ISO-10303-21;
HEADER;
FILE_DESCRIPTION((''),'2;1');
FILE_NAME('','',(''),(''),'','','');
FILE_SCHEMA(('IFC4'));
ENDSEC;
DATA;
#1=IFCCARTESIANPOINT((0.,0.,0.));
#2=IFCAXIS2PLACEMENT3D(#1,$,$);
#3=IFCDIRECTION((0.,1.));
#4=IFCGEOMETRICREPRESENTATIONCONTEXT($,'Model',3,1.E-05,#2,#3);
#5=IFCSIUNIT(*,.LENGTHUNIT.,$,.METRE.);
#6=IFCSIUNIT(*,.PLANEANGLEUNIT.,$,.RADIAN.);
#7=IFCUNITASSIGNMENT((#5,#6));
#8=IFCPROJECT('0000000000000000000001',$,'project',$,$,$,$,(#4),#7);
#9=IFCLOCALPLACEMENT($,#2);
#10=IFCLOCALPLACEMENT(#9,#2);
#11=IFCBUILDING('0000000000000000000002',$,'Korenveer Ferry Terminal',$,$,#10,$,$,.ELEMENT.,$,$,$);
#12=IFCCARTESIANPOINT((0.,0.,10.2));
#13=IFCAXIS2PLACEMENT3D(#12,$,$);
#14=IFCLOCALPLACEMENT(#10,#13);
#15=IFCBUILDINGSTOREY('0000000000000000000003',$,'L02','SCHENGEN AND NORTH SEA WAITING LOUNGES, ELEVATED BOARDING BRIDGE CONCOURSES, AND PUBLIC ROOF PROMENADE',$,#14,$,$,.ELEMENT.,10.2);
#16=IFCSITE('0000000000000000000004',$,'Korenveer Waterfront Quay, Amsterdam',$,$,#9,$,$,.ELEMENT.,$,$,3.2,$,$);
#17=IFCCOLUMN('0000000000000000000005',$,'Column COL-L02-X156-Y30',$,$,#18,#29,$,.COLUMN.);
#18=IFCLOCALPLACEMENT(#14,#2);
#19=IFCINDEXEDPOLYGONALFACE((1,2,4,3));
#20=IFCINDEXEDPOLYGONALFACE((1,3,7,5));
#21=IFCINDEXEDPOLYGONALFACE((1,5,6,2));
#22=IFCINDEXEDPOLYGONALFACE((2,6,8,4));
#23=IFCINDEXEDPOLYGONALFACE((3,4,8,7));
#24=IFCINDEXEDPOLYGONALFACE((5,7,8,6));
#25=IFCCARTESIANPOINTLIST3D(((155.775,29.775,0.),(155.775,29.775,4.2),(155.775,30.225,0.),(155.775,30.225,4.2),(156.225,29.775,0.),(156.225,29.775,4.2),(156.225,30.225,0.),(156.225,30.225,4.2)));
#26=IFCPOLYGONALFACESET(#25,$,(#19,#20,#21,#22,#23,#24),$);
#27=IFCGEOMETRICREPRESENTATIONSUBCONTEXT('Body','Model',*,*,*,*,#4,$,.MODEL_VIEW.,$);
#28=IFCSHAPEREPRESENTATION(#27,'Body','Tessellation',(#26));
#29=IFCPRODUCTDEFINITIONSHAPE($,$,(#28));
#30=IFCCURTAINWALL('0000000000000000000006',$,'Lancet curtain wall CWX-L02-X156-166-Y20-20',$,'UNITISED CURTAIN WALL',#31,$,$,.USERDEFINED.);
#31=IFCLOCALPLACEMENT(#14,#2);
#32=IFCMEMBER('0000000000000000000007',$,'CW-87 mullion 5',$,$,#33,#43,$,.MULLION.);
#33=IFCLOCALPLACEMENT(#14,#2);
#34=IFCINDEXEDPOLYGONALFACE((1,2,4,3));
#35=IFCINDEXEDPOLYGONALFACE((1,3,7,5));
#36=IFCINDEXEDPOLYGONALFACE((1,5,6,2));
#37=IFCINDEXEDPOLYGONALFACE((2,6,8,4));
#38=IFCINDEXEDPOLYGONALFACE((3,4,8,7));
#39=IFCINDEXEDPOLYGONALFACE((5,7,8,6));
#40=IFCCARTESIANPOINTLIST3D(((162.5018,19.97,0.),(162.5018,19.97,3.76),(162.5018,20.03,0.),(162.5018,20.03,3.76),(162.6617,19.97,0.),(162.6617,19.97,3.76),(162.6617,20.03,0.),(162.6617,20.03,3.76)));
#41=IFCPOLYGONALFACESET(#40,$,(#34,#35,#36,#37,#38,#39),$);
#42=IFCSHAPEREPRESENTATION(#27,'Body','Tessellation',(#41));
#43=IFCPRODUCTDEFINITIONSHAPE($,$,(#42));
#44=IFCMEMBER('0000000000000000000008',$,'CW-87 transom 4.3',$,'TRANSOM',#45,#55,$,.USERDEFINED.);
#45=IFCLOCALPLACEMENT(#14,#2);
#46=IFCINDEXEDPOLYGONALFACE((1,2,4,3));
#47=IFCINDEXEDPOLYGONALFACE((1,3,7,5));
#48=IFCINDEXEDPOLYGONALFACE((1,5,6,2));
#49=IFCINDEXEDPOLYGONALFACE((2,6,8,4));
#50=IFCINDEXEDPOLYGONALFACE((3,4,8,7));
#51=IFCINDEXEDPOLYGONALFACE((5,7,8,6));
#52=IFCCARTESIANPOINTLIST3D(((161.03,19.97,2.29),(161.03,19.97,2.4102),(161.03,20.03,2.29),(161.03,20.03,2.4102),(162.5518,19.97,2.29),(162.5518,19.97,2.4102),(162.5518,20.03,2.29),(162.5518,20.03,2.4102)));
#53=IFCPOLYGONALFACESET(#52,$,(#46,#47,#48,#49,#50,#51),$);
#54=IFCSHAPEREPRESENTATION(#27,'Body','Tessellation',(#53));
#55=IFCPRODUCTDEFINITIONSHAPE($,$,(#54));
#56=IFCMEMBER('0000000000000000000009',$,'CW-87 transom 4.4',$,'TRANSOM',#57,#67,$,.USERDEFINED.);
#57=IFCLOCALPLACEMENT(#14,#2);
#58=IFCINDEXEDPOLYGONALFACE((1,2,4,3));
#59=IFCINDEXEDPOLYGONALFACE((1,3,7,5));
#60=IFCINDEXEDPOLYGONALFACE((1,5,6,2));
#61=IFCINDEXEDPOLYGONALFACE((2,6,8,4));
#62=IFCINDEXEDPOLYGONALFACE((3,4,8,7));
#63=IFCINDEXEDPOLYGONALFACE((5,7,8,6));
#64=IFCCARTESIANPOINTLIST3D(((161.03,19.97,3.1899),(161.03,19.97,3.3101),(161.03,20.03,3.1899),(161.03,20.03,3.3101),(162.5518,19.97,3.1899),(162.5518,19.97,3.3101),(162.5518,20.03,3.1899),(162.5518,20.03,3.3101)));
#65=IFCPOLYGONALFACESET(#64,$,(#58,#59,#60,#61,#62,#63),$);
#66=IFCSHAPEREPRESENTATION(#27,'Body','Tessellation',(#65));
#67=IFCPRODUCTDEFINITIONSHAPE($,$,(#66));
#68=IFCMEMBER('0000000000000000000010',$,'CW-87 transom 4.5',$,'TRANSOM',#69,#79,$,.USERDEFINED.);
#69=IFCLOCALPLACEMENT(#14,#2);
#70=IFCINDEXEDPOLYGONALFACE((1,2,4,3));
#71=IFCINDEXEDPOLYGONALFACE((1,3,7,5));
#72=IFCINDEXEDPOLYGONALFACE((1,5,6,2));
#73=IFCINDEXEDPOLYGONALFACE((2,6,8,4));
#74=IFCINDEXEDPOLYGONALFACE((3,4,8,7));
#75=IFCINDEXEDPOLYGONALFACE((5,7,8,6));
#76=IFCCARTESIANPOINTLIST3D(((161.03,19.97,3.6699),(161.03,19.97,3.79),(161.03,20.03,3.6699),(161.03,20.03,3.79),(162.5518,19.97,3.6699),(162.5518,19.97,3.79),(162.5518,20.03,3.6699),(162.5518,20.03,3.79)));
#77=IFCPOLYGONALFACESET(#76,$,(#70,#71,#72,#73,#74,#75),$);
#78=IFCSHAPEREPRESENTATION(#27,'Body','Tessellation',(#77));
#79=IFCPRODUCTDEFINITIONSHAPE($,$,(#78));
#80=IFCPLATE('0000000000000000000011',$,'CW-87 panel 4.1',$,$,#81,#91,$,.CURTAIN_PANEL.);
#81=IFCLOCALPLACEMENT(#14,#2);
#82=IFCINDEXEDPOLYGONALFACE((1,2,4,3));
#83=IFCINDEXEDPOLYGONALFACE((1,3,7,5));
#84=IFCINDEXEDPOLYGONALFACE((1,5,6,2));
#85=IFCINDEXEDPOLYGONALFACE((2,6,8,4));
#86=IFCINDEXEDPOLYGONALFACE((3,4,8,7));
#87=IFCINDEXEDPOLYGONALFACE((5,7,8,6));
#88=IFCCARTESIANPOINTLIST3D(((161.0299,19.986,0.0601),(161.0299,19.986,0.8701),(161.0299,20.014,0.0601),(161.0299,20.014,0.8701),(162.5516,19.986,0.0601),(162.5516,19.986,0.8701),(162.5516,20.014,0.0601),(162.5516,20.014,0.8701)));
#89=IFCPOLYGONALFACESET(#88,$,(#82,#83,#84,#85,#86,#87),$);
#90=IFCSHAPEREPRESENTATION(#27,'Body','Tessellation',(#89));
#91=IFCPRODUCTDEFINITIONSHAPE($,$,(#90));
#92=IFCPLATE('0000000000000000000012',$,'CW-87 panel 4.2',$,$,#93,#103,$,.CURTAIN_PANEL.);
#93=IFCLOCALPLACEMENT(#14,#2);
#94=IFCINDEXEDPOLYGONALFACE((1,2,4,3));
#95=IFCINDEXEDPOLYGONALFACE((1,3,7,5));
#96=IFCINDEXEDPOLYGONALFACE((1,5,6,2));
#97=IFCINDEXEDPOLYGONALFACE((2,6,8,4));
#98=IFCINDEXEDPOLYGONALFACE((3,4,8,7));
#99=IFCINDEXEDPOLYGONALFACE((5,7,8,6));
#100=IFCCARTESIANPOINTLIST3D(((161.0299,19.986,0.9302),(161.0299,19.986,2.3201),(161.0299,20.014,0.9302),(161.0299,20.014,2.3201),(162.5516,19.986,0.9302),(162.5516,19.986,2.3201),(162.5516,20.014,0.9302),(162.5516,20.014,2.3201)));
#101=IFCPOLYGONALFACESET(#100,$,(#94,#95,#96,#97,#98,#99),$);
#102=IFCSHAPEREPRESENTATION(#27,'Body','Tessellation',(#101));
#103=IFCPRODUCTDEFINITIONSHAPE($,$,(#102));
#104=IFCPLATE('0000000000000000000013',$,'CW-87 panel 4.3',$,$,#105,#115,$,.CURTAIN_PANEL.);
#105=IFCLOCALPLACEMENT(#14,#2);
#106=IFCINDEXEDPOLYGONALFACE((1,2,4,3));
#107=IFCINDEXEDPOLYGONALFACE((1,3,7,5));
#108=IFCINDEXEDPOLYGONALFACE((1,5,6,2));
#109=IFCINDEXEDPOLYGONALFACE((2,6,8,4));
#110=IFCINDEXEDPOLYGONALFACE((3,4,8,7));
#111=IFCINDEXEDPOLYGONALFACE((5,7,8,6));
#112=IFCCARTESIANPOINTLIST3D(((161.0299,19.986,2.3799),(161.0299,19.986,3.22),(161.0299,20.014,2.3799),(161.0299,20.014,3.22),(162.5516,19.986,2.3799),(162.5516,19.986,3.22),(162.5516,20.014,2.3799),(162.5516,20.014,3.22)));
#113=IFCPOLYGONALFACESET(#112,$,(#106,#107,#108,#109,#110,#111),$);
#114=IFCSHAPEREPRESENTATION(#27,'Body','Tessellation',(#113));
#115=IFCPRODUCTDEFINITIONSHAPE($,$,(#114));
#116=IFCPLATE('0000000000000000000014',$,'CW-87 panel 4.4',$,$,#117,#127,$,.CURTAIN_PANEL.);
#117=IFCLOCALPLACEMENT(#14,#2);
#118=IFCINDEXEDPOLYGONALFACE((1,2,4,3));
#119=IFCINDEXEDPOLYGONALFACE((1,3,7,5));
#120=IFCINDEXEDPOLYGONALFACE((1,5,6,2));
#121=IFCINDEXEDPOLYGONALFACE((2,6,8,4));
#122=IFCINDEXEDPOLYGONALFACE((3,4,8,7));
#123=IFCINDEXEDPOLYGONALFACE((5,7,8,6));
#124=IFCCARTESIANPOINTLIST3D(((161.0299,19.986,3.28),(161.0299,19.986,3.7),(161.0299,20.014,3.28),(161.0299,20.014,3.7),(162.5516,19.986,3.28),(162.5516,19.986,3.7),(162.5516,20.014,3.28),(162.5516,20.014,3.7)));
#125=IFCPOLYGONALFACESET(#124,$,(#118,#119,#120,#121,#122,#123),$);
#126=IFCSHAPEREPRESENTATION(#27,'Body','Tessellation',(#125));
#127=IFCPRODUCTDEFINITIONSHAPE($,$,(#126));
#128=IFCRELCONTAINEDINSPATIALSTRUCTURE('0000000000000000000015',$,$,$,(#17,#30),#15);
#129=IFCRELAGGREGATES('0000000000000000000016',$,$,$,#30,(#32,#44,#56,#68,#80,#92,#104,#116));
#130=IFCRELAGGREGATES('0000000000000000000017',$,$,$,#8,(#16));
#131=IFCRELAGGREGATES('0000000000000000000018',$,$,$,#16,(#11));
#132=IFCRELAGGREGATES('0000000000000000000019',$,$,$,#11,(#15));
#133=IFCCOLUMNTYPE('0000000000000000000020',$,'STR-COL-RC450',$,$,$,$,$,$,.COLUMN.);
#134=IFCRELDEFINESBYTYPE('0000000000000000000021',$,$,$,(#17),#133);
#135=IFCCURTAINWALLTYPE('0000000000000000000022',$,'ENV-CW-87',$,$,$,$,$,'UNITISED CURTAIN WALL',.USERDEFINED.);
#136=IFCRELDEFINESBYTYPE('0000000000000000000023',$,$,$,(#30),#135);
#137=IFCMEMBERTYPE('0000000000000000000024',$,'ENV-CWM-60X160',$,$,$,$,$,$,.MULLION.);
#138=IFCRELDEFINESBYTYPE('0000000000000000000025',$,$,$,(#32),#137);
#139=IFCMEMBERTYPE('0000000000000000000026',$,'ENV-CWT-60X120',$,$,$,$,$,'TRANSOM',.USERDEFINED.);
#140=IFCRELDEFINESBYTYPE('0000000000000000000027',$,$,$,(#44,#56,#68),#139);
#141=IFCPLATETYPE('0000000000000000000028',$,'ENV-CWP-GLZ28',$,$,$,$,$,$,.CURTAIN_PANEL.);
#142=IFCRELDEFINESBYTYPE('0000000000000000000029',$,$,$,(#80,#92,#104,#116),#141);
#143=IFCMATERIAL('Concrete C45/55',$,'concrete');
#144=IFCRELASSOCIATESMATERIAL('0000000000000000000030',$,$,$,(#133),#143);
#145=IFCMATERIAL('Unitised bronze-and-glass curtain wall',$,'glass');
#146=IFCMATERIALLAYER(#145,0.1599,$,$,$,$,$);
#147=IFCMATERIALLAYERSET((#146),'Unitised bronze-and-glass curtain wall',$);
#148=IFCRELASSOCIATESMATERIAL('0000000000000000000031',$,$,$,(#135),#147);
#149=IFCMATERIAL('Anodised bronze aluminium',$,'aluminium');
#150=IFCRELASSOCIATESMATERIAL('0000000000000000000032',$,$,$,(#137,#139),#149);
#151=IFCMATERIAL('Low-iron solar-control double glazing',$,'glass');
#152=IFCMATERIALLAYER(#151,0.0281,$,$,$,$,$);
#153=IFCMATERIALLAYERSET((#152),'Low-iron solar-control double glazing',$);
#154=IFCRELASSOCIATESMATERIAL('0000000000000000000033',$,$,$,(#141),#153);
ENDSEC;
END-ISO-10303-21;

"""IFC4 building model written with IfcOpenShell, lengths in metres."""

from ifc_helpers import new_model, si_unit, direction, frame, origin, origin_2d, place, context, subcontext, project, spatial, rectangle, extrude, material, layer, layer_set, material_profile, profile_set, type_object, element, aggregate, save


model = new_model("IFC4")

# Units and contexts
model_context = context("Model", 3, precision=1e-05, world=origin(), true_north=direction((0.0, 1.0)))
body_context = subcontext(model_context, "Body", "Model", "MODEL_VIEW")
ifc_project = project(units=[si_unit("LENGTHUNIT", "METRE"), si_unit("PLANEANGLEUNIT", "RADIAN")], contexts=[model_context])

# Site, building, storey
site_placement = place(None, origin())
site = spatial("IfcSite", under=ifc_project, at=site_placement, Name="Korenveer Waterfront Quay, Amsterdam", CompositionType="ELEMENT", RefElevation=3.2)
building_placement = place(site_placement, origin())
building = spatial("IfcBuilding", under=site, at=building_placement, Name="Korenveer Ferry Terminal", CompositionType="ELEMENT")
storey_placement = place(building_placement, frame((0.0, 0.0, 10.2)))
storey = spatial("IfcBuildingStorey", under=building, at=storey_placement, Name="L02", Description="SCHENGEN AND NORTH SEA WAITING LOUNGES, ELEVATED BOARDING BRIDGE CONCOURSES, AND PUBLIC ROOF PROMENADE", CompositionType="ELEMENT", Elevation=10.2)

# Column
ifc_material_1 = material(Name="Concrete C45/55", Category="concrete")
ifc_material_profile_1 = material_profile(ifc_material_1, rectangle(XDim=0.45, YDim=0.45, at=origin_2d()), Name="RC 450x450")
ifc_profile_set_1 = profile_set([ifc_material_profile_1], Name="Concrete C45/55")
column_type = type_object("IfcColumnType", Name="STR-COL-RC450", PredefinedType="COLUMN", material=ifc_profile_set_1)
column_placement = place(storey_placement, frame((156.0, 30.0, 0.0), z_axis=(0.0, 0.0, 1.0), x_axis=(1.0, 0.0, 0.0)))
element("IfcColumn", 1, at=column_placement, inside=storey, type_object=column_type, Name="Column COL-L02-X156-Y30", PredefinedType="COLUMN", context=body_context, shape_type="SweptSolid", body=[
    extrude(rectangle(XDim=0.45, YDim=0.45, at=origin_2d()), origin(), (0.0, 0.0, 1.0), 4.2),
])

# Curtain wall, members, plates
ifc_material_2 = material(Name="Unitised bronze-and-glass curtain wall", Category="glass")
ifc_layer_1 = layer(ifc_material_2, 0.1599)
ifc_layer_set_1 = layer_set([ifc_layer_1], Name="Unitised bronze-and-glass curtain wall")
curtain_wall_type = type_object("IfcCurtainWallType", Name="ENV-CW-87", ElementType="UNITISED CURTAIN WALL", PredefinedType="USERDEFINED", material=ifc_layer_set_1)
curtain_wall_placement = place(storey_placement, frame((156.2549, 20.0, 0.0)))
curtain_wall = element("IfcCurtainWall", 2, at=curtain_wall_placement, inside=storey, type_object=curtain_wall_type, Name="Lancet curtain wall CWX-L02-X156-166-Y20-20", ObjectType="UNITISED CURTAIN WALL", PredefinedType="USERDEFINED")
ifc_material_3 = material(Name="Anodised bronze aluminium", Category="aluminium")
ifc_material_profile_2 = material_profile(ifc_material_3, rectangle(XDim=0.0601, YDim=0.1599, at=origin_2d()), Name="ALU 60x160")
ifc_profile_set_2 = profile_set([ifc_material_profile_2], Name="Anodised bronze aluminium")
member_type_1 = type_object("IfcMemberType", Name="ENV-CWM-60X160", PredefinedType="MULLION", material=ifc_profile_set_2)
member_1_placement = place(storey_placement, frame((162.5818, 20.0, 0.0), z_axis=(0.0, 0.0, 1.0), x_axis=(0.0, 1.0, 0.0)))
member_1 = element("IfcMember", 3, at=member_1_placement, type_object=member_type_1, Name="CW-87 mullion 5", PredefinedType="MULLION", context=body_context, shape_type="SweptSolid", body=[
    extrude(rectangle(XDim=0.0601, YDim=0.1599, at=origin_2d()), origin(), (0.0, 0.0, 1.0), 3.76),
])
ifc_material_profile_3 = material_profile(ifc_material_3, rectangle(XDim=0.0601, YDim=0.1201, at=origin_2d()), Name="ALU 60x120")
ifc_profile_set_3 = profile_set([ifc_material_profile_3], Name="Anodised bronze aluminium")
member_type_2 = type_object("IfcMemberType", Name="ENV-CWT-60X120", ElementType="TRANSOM", PredefinedType="USERDEFINED", material=ifc_profile_set_3)
member_2_placement = place(storey_placement, frame((161.03, 20.0, 2.3501), z_axis=(1.0, 0.0, 0.0), x_axis=(0.0, 1.0, 0.0)))
member_2 = element("IfcMember", 4, at=member_2_placement, type_object=member_type_2, Name="CW-87 transom 4.3", ObjectType="TRANSOM", PredefinedType="USERDEFINED", context=body_context, shape_type="SweptSolid", body=[
    extrude(rectangle(XDim=0.0601, YDim=0.1201, at=origin_2d()), origin(), (0.0, 0.0, 1.0), 1.5217),
])
member_3_placement = place(storey_placement, frame((161.03, 20.0, 3.25), z_axis=(1.0, 0.0, 0.0), x_axis=(0.0, 1.0, 0.0)))
member_3 = element("IfcMember", 5, at=member_3_placement, type_object=member_type_2, Name="CW-87 transom 4.4", ObjectType="TRANSOM", PredefinedType="USERDEFINED", context=body_context, shape_type="SweptSolid", body=[
    extrude(rectangle(XDim=0.0601, YDim=0.1201, at=origin_2d()), origin(), (0.0, 0.0, 1.0), 1.5217),
])
member_4_placement = place(storey_placement, frame((161.03, 20.0, 3.73), z_axis=(1.0, 0.0, 0.0), x_axis=(0.0, 1.0, 0.0)))
member_4 = element("IfcMember", 6, at=member_4_placement, type_object=member_type_2, Name="CW-87 transom 4.5", ObjectType="TRANSOM", PredefinedType="USERDEFINED", context=body_context, shape_type="SweptSolid", body=[
    extrude(rectangle(XDim=0.0601, YDim=0.1201, at=origin_2d()), origin(), (0.0, 0.0, 1.0), 1.5217),
])
ifc_material_4 = material(Name="Low-iron solar-control double glazing", Category="glass")
ifc_layer_2 = layer(ifc_material_4, 0.0281)
ifc_layer_set_2 = layer_set([ifc_layer_2], Name="Low-iron solar-control double glazing")
plate_type = type_object("IfcPlateType", Name="ENV-CWP-GLZ28", PredefinedType="CURTAIN_PANEL", material=ifc_layer_set_2)
plate_1_placement = place(storey_placement, frame((161.7908, 20.0, 0.0601), z_axis=(0.0, 0.0, 1.0), x_axis=(1.0, 0.0, 0.0)))
plate_1 = element("IfcPlate", 7, at=plate_1_placement, type_object=plate_type, Name="CW-87 panel 4.1", PredefinedType="CURTAIN_PANEL", context=body_context, shape_type="SweptSolid", body=[
    extrude(rectangle(XDim=1.5217, YDim=0.0281, at=origin_2d()), origin(), (0.0, 0.0, 1.0), 0.8101),
])
plate_2_placement = place(storey_placement, frame((161.7908, 20.0, 0.9302), z_axis=(0.0, 0.0, 1.0), x_axis=(1.0, 0.0, 0.0)))
plate_2 = element("IfcPlate", 8, at=plate_2_placement, type_object=plate_type, Name="CW-87 panel 4.2", PredefinedType="CURTAIN_PANEL", context=body_context, shape_type="SweptSolid", body=[
    extrude(rectangle(XDim=1.5217, YDim=0.0281, at=origin_2d()), origin(), (0.0, 0.0, 1.0), 1.3899),
])
plate_3_placement = place(storey_placement, frame((161.7908, 20.0, 2.3799), z_axis=(0.0, 0.0, 1.0), x_axis=(1.0, 0.0, 0.0)))
plate_3 = element("IfcPlate", 9, at=plate_3_placement, type_object=plate_type, Name="CW-87 panel 4.3", PredefinedType="CURTAIN_PANEL", context=body_context, shape_type="SweptSolid", body=[
    extrude(rectangle(XDim=1.5217, YDim=0.0281, at=origin_2d()), origin(), (0.0, 0.0, 1.0), 0.8401),
])
plate_4_placement = place(storey_placement, frame((161.7908, 20.0, 3.28), z_axis=(0.0, 0.0, 1.0), x_axis=(1.0, 0.0, 0.0)))
plate_4 = element("IfcPlate", 10, at=plate_4_placement, type_object=plate_type, Name="CW-87 panel 4.4", PredefinedType="CURTAIN_PANEL", context=body_context, shape_type="SweptSolid", body=[
    extrude(rectangle(XDim=1.5217, YDim=0.0281, at=origin_2d()), origin(), (0.0, 0.0, 1.0), 0.4199),
])
aggregate(curtain_wall, [member_1, member_2, member_3, member_4, plate_1, plate_2, plate_3, plate_4])

save(model, "model.ifc")
